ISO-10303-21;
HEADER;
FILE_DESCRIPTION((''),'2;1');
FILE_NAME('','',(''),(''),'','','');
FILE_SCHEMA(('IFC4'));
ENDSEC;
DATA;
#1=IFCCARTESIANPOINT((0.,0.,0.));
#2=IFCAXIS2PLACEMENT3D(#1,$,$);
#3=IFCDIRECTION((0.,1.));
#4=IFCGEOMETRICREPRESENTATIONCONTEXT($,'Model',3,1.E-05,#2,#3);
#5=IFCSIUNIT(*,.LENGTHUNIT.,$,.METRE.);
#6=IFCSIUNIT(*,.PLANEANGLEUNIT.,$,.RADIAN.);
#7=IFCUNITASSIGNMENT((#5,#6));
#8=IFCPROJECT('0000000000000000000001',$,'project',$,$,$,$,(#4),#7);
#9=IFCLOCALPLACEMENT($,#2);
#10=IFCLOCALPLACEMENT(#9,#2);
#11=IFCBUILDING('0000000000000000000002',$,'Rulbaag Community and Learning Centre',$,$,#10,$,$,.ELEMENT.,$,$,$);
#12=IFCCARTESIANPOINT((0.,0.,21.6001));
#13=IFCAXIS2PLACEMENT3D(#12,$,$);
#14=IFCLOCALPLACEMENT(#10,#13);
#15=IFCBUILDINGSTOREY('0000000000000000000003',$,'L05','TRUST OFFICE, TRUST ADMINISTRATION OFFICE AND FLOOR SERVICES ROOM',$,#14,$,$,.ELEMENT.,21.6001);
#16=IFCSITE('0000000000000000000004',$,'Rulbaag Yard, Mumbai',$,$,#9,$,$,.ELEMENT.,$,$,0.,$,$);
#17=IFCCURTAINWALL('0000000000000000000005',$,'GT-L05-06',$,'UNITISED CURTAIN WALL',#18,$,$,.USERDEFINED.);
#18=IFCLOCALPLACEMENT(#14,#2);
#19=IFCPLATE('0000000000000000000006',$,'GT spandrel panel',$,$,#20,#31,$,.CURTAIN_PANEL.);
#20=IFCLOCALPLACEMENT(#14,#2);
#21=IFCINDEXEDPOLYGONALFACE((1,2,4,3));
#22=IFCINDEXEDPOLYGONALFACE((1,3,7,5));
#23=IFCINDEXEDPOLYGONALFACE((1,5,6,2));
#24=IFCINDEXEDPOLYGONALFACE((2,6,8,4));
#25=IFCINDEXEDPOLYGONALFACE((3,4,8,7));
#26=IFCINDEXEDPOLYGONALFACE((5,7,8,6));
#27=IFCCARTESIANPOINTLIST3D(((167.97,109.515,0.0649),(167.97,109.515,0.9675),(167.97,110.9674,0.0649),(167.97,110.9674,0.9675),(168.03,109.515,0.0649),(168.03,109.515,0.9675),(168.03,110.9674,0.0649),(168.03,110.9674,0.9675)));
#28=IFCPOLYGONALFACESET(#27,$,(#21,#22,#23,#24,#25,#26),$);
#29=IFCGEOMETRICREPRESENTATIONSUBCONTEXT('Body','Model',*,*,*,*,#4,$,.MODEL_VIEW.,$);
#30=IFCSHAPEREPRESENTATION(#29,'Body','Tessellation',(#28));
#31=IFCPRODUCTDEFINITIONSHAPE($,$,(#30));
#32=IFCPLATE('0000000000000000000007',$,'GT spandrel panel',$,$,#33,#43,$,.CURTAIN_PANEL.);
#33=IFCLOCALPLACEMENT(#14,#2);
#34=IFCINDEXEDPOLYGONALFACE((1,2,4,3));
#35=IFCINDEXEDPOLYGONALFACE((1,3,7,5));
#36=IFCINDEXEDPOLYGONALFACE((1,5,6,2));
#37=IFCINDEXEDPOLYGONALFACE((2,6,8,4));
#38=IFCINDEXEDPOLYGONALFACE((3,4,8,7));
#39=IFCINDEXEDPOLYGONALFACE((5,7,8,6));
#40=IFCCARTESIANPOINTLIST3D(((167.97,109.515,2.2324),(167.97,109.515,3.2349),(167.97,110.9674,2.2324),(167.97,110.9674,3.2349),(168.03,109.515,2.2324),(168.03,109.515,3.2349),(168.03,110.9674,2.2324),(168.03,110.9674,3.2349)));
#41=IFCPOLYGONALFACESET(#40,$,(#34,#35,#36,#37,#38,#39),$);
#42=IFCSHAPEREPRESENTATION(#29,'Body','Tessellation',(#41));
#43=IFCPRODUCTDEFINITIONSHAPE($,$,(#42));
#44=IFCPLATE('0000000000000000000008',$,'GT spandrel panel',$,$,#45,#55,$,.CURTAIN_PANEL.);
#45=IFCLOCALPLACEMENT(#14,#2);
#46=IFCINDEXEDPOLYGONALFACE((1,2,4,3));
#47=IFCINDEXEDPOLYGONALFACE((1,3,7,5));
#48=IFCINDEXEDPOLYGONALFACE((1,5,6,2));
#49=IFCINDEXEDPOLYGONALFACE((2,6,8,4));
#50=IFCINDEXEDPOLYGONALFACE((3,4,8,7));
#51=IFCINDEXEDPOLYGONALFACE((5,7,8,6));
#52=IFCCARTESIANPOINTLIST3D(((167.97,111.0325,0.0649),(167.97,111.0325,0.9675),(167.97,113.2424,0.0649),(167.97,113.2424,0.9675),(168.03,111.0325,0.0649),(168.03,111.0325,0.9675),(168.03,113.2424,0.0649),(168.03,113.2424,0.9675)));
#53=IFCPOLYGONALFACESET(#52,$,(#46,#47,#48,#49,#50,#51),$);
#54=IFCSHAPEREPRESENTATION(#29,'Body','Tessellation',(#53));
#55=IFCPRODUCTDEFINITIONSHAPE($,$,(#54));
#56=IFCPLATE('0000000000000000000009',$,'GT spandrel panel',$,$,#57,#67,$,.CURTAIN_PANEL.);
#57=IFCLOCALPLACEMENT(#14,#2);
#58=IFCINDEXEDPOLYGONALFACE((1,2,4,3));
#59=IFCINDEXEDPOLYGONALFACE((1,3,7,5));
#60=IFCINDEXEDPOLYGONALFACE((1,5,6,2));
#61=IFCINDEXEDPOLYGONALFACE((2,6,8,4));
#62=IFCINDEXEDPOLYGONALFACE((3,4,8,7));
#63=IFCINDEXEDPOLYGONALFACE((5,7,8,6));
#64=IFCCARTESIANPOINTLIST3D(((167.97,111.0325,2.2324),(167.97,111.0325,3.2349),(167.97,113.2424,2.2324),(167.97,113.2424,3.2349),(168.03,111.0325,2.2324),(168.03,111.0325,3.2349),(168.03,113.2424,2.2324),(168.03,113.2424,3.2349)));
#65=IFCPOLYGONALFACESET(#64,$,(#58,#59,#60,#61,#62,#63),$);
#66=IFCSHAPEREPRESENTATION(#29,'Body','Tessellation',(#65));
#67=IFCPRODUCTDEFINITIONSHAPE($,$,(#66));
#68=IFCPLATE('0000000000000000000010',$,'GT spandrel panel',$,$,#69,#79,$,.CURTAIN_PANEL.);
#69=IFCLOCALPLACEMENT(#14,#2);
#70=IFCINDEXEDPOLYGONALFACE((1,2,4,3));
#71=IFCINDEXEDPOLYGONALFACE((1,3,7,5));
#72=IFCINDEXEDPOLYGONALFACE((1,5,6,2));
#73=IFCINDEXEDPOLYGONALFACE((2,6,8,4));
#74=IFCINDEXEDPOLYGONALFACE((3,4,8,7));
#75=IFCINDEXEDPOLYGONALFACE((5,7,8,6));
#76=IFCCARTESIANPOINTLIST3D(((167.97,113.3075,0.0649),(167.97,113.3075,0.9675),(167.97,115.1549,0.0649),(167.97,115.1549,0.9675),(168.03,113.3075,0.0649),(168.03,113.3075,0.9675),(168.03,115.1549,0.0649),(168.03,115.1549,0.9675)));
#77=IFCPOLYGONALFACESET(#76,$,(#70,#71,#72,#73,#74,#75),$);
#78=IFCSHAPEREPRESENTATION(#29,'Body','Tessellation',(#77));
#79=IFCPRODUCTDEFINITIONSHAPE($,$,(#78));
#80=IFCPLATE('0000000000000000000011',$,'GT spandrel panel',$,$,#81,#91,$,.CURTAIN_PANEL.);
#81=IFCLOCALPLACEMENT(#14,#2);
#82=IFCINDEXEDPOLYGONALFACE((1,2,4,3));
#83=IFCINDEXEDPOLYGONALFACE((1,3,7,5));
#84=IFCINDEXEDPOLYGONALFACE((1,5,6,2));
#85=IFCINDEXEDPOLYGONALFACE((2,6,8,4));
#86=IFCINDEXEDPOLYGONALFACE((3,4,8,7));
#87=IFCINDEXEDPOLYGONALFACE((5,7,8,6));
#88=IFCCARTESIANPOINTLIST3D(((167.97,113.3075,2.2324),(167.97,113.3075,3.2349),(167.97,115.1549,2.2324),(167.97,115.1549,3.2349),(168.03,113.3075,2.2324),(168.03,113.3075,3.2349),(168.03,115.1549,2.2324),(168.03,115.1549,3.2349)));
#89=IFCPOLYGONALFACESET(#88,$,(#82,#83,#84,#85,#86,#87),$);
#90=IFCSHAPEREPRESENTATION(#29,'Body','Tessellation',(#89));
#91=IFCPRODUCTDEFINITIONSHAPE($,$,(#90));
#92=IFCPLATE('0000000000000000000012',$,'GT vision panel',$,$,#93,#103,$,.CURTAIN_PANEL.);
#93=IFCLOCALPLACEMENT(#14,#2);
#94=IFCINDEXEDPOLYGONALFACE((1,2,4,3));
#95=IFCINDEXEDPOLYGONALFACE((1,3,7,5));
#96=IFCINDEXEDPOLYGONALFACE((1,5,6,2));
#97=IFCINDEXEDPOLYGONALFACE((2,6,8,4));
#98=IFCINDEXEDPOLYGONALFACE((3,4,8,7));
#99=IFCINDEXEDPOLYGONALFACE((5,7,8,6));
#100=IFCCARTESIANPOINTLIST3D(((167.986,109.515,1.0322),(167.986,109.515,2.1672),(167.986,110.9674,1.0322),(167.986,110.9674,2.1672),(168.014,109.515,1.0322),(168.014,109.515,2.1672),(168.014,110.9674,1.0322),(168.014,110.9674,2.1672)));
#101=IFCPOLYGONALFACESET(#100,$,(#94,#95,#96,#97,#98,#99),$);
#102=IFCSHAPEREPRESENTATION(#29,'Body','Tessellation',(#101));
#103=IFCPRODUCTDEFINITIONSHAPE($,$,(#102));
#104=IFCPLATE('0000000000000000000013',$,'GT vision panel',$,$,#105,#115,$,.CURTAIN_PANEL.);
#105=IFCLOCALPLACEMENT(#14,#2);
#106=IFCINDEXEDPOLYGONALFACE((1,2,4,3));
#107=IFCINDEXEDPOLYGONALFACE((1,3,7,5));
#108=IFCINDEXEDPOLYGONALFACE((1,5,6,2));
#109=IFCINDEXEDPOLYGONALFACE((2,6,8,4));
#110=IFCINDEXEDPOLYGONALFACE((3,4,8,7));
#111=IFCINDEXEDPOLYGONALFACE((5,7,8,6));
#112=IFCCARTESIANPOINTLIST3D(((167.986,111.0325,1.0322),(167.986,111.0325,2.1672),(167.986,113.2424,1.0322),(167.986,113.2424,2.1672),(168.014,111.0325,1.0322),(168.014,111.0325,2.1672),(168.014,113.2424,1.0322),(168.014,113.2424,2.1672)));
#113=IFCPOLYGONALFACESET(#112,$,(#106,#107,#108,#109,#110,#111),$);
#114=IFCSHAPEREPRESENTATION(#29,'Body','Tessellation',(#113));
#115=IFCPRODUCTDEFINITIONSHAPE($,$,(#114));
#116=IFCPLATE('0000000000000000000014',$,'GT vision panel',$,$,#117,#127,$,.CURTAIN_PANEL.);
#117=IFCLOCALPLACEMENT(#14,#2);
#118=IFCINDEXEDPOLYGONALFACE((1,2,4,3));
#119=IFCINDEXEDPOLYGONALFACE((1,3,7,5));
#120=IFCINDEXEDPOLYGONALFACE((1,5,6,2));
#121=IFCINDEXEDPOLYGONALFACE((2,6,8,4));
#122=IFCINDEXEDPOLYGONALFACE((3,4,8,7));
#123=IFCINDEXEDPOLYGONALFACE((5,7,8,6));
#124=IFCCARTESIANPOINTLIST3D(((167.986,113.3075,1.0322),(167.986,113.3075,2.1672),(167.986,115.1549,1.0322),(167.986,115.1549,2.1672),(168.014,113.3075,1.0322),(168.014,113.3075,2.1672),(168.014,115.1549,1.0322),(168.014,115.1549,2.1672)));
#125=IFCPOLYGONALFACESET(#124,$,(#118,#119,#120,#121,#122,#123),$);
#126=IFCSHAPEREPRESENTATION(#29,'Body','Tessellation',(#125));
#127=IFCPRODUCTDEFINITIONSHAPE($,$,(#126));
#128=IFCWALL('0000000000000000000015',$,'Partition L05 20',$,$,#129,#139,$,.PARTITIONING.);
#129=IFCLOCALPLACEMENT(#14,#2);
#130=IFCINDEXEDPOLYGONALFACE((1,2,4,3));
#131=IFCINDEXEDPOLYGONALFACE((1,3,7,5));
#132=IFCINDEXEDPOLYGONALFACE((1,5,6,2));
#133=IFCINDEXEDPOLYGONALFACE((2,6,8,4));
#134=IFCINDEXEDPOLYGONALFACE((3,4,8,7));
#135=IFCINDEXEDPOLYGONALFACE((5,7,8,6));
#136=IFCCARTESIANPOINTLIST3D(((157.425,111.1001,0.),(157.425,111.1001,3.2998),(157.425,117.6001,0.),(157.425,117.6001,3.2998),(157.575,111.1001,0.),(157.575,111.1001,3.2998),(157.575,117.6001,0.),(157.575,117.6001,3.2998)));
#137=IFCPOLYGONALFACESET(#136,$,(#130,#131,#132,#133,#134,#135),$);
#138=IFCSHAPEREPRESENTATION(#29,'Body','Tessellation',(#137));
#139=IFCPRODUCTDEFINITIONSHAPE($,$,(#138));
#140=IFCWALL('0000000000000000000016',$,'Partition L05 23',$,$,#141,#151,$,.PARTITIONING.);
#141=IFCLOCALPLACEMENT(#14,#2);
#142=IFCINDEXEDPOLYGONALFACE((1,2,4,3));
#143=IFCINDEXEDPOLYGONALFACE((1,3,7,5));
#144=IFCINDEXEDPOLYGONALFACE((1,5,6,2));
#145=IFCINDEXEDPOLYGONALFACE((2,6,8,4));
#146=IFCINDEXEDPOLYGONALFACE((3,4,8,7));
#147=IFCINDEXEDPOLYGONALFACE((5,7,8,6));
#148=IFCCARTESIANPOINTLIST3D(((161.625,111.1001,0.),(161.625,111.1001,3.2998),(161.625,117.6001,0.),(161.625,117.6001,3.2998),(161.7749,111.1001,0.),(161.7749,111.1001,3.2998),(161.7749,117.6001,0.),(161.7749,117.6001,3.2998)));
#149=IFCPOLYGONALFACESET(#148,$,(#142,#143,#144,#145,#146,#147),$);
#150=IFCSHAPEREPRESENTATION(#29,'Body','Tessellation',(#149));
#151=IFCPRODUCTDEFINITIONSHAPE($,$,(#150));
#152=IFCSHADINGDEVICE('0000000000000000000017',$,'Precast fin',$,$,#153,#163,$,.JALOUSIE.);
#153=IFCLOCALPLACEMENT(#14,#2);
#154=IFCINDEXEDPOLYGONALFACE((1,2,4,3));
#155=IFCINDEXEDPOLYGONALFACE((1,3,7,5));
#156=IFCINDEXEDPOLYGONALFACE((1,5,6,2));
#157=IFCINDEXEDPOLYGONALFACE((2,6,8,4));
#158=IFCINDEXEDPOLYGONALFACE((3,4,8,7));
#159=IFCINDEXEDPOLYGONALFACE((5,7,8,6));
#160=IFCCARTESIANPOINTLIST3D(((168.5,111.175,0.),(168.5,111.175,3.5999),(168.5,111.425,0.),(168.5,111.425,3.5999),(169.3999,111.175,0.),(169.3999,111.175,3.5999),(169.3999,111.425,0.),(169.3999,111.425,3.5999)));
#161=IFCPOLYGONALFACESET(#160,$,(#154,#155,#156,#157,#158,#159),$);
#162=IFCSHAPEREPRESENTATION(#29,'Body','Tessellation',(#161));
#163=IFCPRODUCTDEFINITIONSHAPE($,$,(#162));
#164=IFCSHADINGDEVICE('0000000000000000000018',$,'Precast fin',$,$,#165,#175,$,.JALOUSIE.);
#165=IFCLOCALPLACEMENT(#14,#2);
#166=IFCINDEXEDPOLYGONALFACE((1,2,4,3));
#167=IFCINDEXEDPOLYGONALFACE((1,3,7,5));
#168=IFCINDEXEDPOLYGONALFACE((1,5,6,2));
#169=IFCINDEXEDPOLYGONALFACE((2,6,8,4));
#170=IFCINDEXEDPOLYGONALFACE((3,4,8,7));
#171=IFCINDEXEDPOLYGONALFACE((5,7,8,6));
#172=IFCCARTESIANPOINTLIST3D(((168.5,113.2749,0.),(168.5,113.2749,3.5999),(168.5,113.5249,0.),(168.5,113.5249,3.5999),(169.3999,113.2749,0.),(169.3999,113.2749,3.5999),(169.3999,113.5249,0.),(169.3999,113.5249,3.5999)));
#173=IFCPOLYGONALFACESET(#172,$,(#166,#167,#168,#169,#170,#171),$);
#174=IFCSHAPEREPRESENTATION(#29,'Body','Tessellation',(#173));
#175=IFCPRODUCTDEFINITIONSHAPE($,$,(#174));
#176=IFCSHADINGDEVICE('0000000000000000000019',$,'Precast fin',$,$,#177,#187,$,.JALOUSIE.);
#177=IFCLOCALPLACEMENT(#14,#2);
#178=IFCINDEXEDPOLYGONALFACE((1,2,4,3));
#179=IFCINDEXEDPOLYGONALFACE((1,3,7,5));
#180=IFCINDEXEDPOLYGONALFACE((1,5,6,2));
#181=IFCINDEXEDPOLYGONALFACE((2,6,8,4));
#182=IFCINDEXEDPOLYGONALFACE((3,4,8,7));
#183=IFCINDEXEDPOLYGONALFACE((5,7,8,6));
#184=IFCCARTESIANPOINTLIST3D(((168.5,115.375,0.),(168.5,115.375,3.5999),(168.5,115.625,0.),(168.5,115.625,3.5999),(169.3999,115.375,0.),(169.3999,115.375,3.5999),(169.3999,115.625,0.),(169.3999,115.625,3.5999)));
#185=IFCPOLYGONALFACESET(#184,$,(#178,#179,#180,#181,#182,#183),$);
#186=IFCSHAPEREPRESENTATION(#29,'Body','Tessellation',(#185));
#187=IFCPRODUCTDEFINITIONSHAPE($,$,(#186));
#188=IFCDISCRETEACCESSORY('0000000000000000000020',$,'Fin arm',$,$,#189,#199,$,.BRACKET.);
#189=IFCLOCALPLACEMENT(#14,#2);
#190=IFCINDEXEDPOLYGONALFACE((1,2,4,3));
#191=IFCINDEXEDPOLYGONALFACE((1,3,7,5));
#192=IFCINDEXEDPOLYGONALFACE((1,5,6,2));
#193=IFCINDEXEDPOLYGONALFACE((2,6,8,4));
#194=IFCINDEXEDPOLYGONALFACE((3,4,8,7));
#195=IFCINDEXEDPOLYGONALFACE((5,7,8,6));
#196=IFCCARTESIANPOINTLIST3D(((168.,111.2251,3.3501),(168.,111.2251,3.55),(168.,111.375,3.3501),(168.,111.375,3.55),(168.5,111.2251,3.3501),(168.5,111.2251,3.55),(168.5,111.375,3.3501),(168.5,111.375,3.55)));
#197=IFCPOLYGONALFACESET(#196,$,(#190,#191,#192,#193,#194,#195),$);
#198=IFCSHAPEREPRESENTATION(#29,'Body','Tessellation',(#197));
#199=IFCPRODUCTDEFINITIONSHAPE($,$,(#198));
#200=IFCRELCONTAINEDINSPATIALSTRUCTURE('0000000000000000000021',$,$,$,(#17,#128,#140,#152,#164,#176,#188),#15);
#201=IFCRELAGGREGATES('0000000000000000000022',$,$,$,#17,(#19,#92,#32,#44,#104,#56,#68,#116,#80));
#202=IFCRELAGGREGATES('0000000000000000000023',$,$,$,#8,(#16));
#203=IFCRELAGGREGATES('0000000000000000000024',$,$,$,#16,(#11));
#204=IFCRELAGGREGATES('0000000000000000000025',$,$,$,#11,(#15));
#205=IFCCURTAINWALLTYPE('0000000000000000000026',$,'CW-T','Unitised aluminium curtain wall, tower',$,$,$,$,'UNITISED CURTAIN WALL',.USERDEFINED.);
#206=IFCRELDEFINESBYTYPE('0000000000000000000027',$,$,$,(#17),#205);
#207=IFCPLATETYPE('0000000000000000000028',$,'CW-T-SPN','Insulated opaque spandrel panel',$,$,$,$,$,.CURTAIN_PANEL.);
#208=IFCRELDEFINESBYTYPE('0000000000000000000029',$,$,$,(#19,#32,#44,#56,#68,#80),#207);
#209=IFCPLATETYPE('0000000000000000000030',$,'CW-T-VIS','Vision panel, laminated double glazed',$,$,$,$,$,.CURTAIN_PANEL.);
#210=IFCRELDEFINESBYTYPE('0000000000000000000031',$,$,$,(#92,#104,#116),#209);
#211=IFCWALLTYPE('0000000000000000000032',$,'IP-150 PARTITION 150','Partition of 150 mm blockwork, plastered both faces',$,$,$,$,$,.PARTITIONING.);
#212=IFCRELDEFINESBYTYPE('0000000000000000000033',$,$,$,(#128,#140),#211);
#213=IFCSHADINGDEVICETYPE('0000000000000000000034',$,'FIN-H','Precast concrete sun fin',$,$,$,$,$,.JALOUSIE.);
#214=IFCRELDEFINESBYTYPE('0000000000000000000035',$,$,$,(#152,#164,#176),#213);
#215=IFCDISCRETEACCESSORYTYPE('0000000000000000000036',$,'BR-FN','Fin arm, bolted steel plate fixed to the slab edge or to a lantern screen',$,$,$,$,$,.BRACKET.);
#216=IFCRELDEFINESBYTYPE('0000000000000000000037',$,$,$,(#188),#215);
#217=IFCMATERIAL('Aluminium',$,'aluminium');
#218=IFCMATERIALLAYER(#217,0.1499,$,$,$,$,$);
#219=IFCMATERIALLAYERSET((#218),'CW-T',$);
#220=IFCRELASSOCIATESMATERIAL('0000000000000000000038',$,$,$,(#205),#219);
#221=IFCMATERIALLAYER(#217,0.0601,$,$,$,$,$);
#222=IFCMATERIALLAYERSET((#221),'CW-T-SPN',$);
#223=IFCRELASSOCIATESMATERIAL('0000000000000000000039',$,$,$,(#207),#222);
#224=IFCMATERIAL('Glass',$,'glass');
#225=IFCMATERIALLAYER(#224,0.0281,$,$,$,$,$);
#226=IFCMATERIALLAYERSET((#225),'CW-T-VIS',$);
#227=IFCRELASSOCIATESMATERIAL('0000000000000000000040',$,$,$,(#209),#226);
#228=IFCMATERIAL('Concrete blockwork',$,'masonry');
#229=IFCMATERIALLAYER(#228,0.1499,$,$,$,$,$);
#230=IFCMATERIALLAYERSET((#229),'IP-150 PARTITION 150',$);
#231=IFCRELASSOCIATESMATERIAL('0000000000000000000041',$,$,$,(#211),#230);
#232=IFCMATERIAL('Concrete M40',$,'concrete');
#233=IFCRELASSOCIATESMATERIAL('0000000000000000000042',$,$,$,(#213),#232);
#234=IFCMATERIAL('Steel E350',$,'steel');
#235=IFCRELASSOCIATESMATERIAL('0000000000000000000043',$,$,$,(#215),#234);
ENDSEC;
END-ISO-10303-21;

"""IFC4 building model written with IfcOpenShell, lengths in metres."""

from ifc_helpers import new_model, si_unit, direction, frame, frame_2d, origin, origin_2d, place, context, subcontext, project, spatial, rectangle, extrude, material, layer, layer_set, material_profile, profile_set, type_object, element, aggregate, save


model = new_model("IFC4")

# Units and contexts
model_context = context("Model", 3, precision=1e-05, world=origin(), true_north=direction((0.0, 1.0)))
body_context = subcontext(model_context, "Body", "Model", "MODEL_VIEW")
ifc_project = project(units=[si_unit("LENGTHUNIT", "METRE"), si_unit("PLANEANGLEUNIT", "RADIAN")], contexts=[model_context])

# Site, building, storey
site_placement = place(None, origin())
site = spatial("IfcSite", under=ifc_project, at=site_placement, Name="Rulbaag Yard, Mumbai", CompositionType="ELEMENT", RefElevation=0.0)
building_placement = place(site_placement, origin())
building = spatial("IfcBuilding", under=site, at=building_placement, Name="Rulbaag Community and Learning Centre", CompositionType="ELEMENT")
storey_placement = place(building_placement, frame((0.0, 0.0, 21.6001)))
storey = spatial("IfcBuildingStorey", under=building, at=storey_placement, Name="L05", Description="TRUST OFFICE, TRUST ADMINISTRATION OFFICE AND FLOOR SERVICES ROOM", CompositionType="ELEMENT", Elevation=21.6001)

# Curtain wall, plates
ifc_material_1 = material(Name="Aluminium", Category="aluminium")
ifc_layer_1 = layer(ifc_material_1, 0.1499)
ifc_layer_set_1 = layer_set([ifc_layer_1], Name="CW-T")
curtain_wall_type = type_object("IfcCurtainWallType", Name="CW-T", Description="Unitised aluminium curtain wall, tower", ElementType="UNITISED CURTAIN WALL", PredefinedType="USERDEFINED", material=ifc_layer_set_1)
curtain_wall_placement = place(storey_placement, origin())
curtain_wall = element("IfcCurtainWall", 1, at=curtain_wall_placement, inside=storey, type_object=curtain_wall_type, Name="GT-L05-06", ObjectType="UNITISED CURTAIN WALL", PredefinedType="USERDEFINED")
ifc_layer_2 = layer(ifc_material_1, 0.0601)
ifc_layer_set_2 = layer_set([ifc_layer_2], Name="CW-T-SPN")
plate_type_1 = type_object("IfcPlateType", Name="CW-T-SPN", Description="Insulated opaque spandrel panel", PredefinedType="CURTAIN_PANEL", material=ifc_layer_set_2)
plate_1_placement = place(storey_placement, frame((168.0, 110.2412, 0.0649), z_axis=(0.0, 0.0, 1.0), x_axis=(0.0, 1.0, 0.0)))
plate_1 = element("IfcPlate", 2, at=plate_1_placement, type_object=plate_type_1, Name="GT spandrel panel", PredefinedType="CURTAIN_PANEL", context=body_context, shape_type="SweptSolid", body=[
    extrude(rectangle(XDim=1.4524, YDim=0.0601, at=origin_2d()), origin(), (0.0, 0.0, 1.0), 0.9026),
])
plate_2_placement = place(storey_placement, frame((168.0, 110.2412, 2.2324), z_axis=(0.0, 0.0, 1.0), x_axis=(0.0, 1.0, 0.0)))
plate_2 = element("IfcPlate", 3, at=plate_2_placement, type_object=plate_type_1, Name="GT spandrel panel", PredefinedType="CURTAIN_PANEL", context=body_context, shape_type="SweptSolid", body=[
    extrude(rectangle(XDim=1.4524, YDim=0.0601, at=origin_2d()), origin(), (0.0, 0.0, 1.0), 1.0024),
])
plate_3_placement = place(storey_placement, frame((168.0, 112.1375, 0.0649), z_axis=(0.0, 0.0, 1.0), x_axis=(0.0, 1.0, 0.0)))
plate_3 = element("IfcPlate", 4, at=plate_3_placement, type_object=plate_type_1, Name="GT spandrel panel", PredefinedType="CURTAIN_PANEL", context=body_context, shape_type="SweptSolid", body=[
    extrude(rectangle(XDim=2.21, YDim=0.0601, at=origin_2d()), origin(), (0.0, 0.0, 1.0), 0.9026),
])
plate_4_placement = place(storey_placement, frame((168.0, 112.1375, 2.2324), z_axis=(0.0, 0.0, 1.0), x_axis=(0.0, 1.0, 0.0)))
plate_4 = element("IfcPlate", 5, at=plate_4_placement, type_object=plate_type_1, Name="GT spandrel panel", PredefinedType="CURTAIN_PANEL", context=body_context, shape_type="SweptSolid", body=[
    extrude(rectangle(XDim=2.21, YDim=0.0601, at=origin_2d()), origin(), (0.0, 0.0, 1.0), 1.0024),
])
plate_5_placement = place(storey_placement, frame((168.0, 114.2312, 0.0649), z_axis=(0.0, 0.0, 1.0), x_axis=(0.0, 1.0, 0.0)))
plate_5 = element("IfcPlate", 6, at=plate_5_placement, type_object=plate_type_1, Name="GT spandrel panel", PredefinedType="CURTAIN_PANEL", context=body_context, shape_type="SweptSolid", body=[
    extrude(rectangle(XDim=1.8474, YDim=0.0601, at=origin_2d()), origin(), (0.0, 0.0, 1.0), 0.9026),
])
plate_6_placement = place(storey_placement, frame((168.0, 114.2312, 2.2324), z_axis=(0.0, 0.0, 1.0), x_axis=(0.0, 1.0, 0.0)))
plate_6 = element("IfcPlate", 7, at=plate_6_placement, type_object=plate_type_1, Name="GT spandrel panel", PredefinedType="CURTAIN_PANEL", context=body_context, shape_type="SweptSolid", body=[
    extrude(rectangle(XDim=1.8474, YDim=0.0601, at=origin_2d()), origin(), (0.0, 0.0, 1.0), 1.0024),
])
ifc_material_2 = material(Name="Glass", Category="glass")
ifc_layer_3 = layer(ifc_material_2, 0.0281)
ifc_layer_set_3 = layer_set([ifc_layer_3], Name="CW-T-VIS")
plate_type_2 = type_object("IfcPlateType", Name="CW-T-VIS", Description="Vision panel, laminated double glazed", PredefinedType="CURTAIN_PANEL", material=ifc_layer_set_3)
plate_7_placement = place(storey_placement, frame((168.0, 110.2412, 1.0322), z_axis=(0.0, 0.0, 1.0), x_axis=(0.0, 1.0, 0.0)))
plate_7 = element("IfcPlate", 8, at=plate_7_placement, type_object=plate_type_2, Name="GT vision panel", PredefinedType="CURTAIN_PANEL", context=body_context, shape_type="SweptSolid", body=[
    extrude(rectangle(XDim=1.4524, YDim=0.0281, at=origin_2d()), origin(), (0.0, 0.0, 1.0), 1.135),
])
plate_8_placement = place(storey_placement, frame((168.0, 112.1375, 1.0322), z_axis=(0.0, 0.0, 1.0), x_axis=(0.0, 1.0, 0.0)))
plate_8 = element("IfcPlate", 9, at=plate_8_placement, type_object=plate_type_2, Name="GT vision panel", PredefinedType="CURTAIN_PANEL", context=body_context, shape_type="SweptSolid", body=[
    extrude(rectangle(XDim=2.21, YDim=0.0281, at=origin_2d()), origin(), (0.0, 0.0, 1.0), 1.135),
])
plate_9_placement = place(storey_placement, frame((168.0, 114.2312, 1.0322), z_axis=(0.0, 0.0, 1.0), x_axis=(0.0, 1.0, 0.0)))
plate_9 = element("IfcPlate", 10, at=plate_9_placement, type_object=plate_type_2, Name="GT vision panel", PredefinedType="CURTAIN_PANEL", context=body_context, shape_type="SweptSolid", body=[
    extrude(rectangle(XDim=1.8474, YDim=0.0281, at=origin_2d()), origin(), (0.0, 0.0, 1.0), 1.135),
])
aggregate(curtain_wall, [plate_1, plate_7, plate_2, plate_3, plate_8, plate_4, plate_5, plate_9, plate_6])

# Walls
ifc_material_3 = material(Name="Concrete blockwork", Category="masonry")
ifc_layer_4 = layer(ifc_material_3, 0.1499)
ifc_layer_set_4 = layer_set([ifc_layer_4], Name="IP-150 PARTITION 150")
wall_type = type_object("IfcWallType", Name="IP-150 PARTITION 150", Description="Partition of 150 mm blockwork, plastered both faces", PredefinedType="PARTITIONING", material=ifc_layer_set_4)
for number, where, z_axis, x_axis, name in (
    (11, (157.5, 111.1001, 0.0), (0.0, 0.0, 1.0), (0.0, 1.0, 0.0), "Partition L05 20"),
    (12, (161.7, 111.1001, 0.0), (0.0, 0.0, 1.0), (0.0, 1.0, 0.0), "Partition L05 23"),
):
    element("IfcWall", number, at=place(storey_placement, frame(where, z_axis=z_axis, x_axis=x_axis)), inside=storey, type_object=wall_type, Name=name, PredefinedType="PARTITIONING", context=body_context, shape_type="SweptSolid", body=[
        extrude(rectangle(XDim=6.5, YDim=0.1499, at=frame_2d((3.25, 0.0))), origin(), (0.0, 0.0, 1.0), 3.2998),
    ])

# Shading devices
ifc_material_4 = material(Name="Concrete M40", Category="concrete")
ifc_material_profile_1 = material_profile(ifc_material_4, rectangle(XDim=0.25, YDim=0.8999, at=origin_2d()), Name="PC 250x900")
ifc_profile_set_1 = profile_set([ifc_material_profile_1], Name="Concrete M40")
shading_device_type = type_object("IfcShadingDeviceType", Name="FIN-H", Description="Precast concrete sun fin", PredefinedType="JALOUSIE", material=ifc_profile_set_1)
for number, where, z_axis, x_axis, name in (
    (13, (168.95, 111.3, 0.0), (0.0, 0.0, 1.0), (0.0, 1.0, 0.0), "Precast fin"),
    (14, (168.95, 113.3999, 0.0), (0.0, 0.0, 1.0), (0.0, 1.0, 0.0), "Precast fin"),
    (15, (168.95, 115.5, 0.0), (0.0, 0.0, 1.0), (0.0, 1.0, 0.0), "Precast fin"),
):
    element("IfcShadingDevice", number, at=place(storey_placement, frame(where, z_axis=z_axis, x_axis=x_axis)), inside=storey, type_object=shading_device_type, Name=name, PredefinedType="JALOUSIE", context=body_context, shape_type="SweptSolid", body=[
        extrude(rectangle(XDim=0.25, YDim=0.8999, at=origin_2d()), origin(), (0.0, 0.0, 1.0), 3.5999),
    ])

# Discrete accessory
ifc_material_5 = material(Name="Steel E350", Category="steel")
discrete_accessory_type = type_object("IfcDiscreteAccessoryType", Name="BR-FN", Description="Fin arm, bolted steel plate fixed to the slab edge or to a lantern screen", PredefinedType="BRACKET", material=ifc_material_5)
for number, where, z_axis, x_axis, name in (
    (16, (168.25, 111.3, 3.3501), (0.0, 0.0, 1.0), (1.0, 0.0, 0.0), "Fin arm"),
):
    element("IfcDiscreteAccessory", number, at=place(storey_placement, frame(where, z_axis=z_axis, x_axis=x_axis)), inside=storey, type_object=discrete_accessory_type, Name=name, PredefinedType="BRACKET", context=body_context, shape_type="SweptSolid", body=[
        extrude(rectangle(XDim=0.5, YDim=0.1499, at=origin_2d()), origin(), (0.0, 0.0, 1.0), 0.2),
    ])

save(model, "model.ifc")
